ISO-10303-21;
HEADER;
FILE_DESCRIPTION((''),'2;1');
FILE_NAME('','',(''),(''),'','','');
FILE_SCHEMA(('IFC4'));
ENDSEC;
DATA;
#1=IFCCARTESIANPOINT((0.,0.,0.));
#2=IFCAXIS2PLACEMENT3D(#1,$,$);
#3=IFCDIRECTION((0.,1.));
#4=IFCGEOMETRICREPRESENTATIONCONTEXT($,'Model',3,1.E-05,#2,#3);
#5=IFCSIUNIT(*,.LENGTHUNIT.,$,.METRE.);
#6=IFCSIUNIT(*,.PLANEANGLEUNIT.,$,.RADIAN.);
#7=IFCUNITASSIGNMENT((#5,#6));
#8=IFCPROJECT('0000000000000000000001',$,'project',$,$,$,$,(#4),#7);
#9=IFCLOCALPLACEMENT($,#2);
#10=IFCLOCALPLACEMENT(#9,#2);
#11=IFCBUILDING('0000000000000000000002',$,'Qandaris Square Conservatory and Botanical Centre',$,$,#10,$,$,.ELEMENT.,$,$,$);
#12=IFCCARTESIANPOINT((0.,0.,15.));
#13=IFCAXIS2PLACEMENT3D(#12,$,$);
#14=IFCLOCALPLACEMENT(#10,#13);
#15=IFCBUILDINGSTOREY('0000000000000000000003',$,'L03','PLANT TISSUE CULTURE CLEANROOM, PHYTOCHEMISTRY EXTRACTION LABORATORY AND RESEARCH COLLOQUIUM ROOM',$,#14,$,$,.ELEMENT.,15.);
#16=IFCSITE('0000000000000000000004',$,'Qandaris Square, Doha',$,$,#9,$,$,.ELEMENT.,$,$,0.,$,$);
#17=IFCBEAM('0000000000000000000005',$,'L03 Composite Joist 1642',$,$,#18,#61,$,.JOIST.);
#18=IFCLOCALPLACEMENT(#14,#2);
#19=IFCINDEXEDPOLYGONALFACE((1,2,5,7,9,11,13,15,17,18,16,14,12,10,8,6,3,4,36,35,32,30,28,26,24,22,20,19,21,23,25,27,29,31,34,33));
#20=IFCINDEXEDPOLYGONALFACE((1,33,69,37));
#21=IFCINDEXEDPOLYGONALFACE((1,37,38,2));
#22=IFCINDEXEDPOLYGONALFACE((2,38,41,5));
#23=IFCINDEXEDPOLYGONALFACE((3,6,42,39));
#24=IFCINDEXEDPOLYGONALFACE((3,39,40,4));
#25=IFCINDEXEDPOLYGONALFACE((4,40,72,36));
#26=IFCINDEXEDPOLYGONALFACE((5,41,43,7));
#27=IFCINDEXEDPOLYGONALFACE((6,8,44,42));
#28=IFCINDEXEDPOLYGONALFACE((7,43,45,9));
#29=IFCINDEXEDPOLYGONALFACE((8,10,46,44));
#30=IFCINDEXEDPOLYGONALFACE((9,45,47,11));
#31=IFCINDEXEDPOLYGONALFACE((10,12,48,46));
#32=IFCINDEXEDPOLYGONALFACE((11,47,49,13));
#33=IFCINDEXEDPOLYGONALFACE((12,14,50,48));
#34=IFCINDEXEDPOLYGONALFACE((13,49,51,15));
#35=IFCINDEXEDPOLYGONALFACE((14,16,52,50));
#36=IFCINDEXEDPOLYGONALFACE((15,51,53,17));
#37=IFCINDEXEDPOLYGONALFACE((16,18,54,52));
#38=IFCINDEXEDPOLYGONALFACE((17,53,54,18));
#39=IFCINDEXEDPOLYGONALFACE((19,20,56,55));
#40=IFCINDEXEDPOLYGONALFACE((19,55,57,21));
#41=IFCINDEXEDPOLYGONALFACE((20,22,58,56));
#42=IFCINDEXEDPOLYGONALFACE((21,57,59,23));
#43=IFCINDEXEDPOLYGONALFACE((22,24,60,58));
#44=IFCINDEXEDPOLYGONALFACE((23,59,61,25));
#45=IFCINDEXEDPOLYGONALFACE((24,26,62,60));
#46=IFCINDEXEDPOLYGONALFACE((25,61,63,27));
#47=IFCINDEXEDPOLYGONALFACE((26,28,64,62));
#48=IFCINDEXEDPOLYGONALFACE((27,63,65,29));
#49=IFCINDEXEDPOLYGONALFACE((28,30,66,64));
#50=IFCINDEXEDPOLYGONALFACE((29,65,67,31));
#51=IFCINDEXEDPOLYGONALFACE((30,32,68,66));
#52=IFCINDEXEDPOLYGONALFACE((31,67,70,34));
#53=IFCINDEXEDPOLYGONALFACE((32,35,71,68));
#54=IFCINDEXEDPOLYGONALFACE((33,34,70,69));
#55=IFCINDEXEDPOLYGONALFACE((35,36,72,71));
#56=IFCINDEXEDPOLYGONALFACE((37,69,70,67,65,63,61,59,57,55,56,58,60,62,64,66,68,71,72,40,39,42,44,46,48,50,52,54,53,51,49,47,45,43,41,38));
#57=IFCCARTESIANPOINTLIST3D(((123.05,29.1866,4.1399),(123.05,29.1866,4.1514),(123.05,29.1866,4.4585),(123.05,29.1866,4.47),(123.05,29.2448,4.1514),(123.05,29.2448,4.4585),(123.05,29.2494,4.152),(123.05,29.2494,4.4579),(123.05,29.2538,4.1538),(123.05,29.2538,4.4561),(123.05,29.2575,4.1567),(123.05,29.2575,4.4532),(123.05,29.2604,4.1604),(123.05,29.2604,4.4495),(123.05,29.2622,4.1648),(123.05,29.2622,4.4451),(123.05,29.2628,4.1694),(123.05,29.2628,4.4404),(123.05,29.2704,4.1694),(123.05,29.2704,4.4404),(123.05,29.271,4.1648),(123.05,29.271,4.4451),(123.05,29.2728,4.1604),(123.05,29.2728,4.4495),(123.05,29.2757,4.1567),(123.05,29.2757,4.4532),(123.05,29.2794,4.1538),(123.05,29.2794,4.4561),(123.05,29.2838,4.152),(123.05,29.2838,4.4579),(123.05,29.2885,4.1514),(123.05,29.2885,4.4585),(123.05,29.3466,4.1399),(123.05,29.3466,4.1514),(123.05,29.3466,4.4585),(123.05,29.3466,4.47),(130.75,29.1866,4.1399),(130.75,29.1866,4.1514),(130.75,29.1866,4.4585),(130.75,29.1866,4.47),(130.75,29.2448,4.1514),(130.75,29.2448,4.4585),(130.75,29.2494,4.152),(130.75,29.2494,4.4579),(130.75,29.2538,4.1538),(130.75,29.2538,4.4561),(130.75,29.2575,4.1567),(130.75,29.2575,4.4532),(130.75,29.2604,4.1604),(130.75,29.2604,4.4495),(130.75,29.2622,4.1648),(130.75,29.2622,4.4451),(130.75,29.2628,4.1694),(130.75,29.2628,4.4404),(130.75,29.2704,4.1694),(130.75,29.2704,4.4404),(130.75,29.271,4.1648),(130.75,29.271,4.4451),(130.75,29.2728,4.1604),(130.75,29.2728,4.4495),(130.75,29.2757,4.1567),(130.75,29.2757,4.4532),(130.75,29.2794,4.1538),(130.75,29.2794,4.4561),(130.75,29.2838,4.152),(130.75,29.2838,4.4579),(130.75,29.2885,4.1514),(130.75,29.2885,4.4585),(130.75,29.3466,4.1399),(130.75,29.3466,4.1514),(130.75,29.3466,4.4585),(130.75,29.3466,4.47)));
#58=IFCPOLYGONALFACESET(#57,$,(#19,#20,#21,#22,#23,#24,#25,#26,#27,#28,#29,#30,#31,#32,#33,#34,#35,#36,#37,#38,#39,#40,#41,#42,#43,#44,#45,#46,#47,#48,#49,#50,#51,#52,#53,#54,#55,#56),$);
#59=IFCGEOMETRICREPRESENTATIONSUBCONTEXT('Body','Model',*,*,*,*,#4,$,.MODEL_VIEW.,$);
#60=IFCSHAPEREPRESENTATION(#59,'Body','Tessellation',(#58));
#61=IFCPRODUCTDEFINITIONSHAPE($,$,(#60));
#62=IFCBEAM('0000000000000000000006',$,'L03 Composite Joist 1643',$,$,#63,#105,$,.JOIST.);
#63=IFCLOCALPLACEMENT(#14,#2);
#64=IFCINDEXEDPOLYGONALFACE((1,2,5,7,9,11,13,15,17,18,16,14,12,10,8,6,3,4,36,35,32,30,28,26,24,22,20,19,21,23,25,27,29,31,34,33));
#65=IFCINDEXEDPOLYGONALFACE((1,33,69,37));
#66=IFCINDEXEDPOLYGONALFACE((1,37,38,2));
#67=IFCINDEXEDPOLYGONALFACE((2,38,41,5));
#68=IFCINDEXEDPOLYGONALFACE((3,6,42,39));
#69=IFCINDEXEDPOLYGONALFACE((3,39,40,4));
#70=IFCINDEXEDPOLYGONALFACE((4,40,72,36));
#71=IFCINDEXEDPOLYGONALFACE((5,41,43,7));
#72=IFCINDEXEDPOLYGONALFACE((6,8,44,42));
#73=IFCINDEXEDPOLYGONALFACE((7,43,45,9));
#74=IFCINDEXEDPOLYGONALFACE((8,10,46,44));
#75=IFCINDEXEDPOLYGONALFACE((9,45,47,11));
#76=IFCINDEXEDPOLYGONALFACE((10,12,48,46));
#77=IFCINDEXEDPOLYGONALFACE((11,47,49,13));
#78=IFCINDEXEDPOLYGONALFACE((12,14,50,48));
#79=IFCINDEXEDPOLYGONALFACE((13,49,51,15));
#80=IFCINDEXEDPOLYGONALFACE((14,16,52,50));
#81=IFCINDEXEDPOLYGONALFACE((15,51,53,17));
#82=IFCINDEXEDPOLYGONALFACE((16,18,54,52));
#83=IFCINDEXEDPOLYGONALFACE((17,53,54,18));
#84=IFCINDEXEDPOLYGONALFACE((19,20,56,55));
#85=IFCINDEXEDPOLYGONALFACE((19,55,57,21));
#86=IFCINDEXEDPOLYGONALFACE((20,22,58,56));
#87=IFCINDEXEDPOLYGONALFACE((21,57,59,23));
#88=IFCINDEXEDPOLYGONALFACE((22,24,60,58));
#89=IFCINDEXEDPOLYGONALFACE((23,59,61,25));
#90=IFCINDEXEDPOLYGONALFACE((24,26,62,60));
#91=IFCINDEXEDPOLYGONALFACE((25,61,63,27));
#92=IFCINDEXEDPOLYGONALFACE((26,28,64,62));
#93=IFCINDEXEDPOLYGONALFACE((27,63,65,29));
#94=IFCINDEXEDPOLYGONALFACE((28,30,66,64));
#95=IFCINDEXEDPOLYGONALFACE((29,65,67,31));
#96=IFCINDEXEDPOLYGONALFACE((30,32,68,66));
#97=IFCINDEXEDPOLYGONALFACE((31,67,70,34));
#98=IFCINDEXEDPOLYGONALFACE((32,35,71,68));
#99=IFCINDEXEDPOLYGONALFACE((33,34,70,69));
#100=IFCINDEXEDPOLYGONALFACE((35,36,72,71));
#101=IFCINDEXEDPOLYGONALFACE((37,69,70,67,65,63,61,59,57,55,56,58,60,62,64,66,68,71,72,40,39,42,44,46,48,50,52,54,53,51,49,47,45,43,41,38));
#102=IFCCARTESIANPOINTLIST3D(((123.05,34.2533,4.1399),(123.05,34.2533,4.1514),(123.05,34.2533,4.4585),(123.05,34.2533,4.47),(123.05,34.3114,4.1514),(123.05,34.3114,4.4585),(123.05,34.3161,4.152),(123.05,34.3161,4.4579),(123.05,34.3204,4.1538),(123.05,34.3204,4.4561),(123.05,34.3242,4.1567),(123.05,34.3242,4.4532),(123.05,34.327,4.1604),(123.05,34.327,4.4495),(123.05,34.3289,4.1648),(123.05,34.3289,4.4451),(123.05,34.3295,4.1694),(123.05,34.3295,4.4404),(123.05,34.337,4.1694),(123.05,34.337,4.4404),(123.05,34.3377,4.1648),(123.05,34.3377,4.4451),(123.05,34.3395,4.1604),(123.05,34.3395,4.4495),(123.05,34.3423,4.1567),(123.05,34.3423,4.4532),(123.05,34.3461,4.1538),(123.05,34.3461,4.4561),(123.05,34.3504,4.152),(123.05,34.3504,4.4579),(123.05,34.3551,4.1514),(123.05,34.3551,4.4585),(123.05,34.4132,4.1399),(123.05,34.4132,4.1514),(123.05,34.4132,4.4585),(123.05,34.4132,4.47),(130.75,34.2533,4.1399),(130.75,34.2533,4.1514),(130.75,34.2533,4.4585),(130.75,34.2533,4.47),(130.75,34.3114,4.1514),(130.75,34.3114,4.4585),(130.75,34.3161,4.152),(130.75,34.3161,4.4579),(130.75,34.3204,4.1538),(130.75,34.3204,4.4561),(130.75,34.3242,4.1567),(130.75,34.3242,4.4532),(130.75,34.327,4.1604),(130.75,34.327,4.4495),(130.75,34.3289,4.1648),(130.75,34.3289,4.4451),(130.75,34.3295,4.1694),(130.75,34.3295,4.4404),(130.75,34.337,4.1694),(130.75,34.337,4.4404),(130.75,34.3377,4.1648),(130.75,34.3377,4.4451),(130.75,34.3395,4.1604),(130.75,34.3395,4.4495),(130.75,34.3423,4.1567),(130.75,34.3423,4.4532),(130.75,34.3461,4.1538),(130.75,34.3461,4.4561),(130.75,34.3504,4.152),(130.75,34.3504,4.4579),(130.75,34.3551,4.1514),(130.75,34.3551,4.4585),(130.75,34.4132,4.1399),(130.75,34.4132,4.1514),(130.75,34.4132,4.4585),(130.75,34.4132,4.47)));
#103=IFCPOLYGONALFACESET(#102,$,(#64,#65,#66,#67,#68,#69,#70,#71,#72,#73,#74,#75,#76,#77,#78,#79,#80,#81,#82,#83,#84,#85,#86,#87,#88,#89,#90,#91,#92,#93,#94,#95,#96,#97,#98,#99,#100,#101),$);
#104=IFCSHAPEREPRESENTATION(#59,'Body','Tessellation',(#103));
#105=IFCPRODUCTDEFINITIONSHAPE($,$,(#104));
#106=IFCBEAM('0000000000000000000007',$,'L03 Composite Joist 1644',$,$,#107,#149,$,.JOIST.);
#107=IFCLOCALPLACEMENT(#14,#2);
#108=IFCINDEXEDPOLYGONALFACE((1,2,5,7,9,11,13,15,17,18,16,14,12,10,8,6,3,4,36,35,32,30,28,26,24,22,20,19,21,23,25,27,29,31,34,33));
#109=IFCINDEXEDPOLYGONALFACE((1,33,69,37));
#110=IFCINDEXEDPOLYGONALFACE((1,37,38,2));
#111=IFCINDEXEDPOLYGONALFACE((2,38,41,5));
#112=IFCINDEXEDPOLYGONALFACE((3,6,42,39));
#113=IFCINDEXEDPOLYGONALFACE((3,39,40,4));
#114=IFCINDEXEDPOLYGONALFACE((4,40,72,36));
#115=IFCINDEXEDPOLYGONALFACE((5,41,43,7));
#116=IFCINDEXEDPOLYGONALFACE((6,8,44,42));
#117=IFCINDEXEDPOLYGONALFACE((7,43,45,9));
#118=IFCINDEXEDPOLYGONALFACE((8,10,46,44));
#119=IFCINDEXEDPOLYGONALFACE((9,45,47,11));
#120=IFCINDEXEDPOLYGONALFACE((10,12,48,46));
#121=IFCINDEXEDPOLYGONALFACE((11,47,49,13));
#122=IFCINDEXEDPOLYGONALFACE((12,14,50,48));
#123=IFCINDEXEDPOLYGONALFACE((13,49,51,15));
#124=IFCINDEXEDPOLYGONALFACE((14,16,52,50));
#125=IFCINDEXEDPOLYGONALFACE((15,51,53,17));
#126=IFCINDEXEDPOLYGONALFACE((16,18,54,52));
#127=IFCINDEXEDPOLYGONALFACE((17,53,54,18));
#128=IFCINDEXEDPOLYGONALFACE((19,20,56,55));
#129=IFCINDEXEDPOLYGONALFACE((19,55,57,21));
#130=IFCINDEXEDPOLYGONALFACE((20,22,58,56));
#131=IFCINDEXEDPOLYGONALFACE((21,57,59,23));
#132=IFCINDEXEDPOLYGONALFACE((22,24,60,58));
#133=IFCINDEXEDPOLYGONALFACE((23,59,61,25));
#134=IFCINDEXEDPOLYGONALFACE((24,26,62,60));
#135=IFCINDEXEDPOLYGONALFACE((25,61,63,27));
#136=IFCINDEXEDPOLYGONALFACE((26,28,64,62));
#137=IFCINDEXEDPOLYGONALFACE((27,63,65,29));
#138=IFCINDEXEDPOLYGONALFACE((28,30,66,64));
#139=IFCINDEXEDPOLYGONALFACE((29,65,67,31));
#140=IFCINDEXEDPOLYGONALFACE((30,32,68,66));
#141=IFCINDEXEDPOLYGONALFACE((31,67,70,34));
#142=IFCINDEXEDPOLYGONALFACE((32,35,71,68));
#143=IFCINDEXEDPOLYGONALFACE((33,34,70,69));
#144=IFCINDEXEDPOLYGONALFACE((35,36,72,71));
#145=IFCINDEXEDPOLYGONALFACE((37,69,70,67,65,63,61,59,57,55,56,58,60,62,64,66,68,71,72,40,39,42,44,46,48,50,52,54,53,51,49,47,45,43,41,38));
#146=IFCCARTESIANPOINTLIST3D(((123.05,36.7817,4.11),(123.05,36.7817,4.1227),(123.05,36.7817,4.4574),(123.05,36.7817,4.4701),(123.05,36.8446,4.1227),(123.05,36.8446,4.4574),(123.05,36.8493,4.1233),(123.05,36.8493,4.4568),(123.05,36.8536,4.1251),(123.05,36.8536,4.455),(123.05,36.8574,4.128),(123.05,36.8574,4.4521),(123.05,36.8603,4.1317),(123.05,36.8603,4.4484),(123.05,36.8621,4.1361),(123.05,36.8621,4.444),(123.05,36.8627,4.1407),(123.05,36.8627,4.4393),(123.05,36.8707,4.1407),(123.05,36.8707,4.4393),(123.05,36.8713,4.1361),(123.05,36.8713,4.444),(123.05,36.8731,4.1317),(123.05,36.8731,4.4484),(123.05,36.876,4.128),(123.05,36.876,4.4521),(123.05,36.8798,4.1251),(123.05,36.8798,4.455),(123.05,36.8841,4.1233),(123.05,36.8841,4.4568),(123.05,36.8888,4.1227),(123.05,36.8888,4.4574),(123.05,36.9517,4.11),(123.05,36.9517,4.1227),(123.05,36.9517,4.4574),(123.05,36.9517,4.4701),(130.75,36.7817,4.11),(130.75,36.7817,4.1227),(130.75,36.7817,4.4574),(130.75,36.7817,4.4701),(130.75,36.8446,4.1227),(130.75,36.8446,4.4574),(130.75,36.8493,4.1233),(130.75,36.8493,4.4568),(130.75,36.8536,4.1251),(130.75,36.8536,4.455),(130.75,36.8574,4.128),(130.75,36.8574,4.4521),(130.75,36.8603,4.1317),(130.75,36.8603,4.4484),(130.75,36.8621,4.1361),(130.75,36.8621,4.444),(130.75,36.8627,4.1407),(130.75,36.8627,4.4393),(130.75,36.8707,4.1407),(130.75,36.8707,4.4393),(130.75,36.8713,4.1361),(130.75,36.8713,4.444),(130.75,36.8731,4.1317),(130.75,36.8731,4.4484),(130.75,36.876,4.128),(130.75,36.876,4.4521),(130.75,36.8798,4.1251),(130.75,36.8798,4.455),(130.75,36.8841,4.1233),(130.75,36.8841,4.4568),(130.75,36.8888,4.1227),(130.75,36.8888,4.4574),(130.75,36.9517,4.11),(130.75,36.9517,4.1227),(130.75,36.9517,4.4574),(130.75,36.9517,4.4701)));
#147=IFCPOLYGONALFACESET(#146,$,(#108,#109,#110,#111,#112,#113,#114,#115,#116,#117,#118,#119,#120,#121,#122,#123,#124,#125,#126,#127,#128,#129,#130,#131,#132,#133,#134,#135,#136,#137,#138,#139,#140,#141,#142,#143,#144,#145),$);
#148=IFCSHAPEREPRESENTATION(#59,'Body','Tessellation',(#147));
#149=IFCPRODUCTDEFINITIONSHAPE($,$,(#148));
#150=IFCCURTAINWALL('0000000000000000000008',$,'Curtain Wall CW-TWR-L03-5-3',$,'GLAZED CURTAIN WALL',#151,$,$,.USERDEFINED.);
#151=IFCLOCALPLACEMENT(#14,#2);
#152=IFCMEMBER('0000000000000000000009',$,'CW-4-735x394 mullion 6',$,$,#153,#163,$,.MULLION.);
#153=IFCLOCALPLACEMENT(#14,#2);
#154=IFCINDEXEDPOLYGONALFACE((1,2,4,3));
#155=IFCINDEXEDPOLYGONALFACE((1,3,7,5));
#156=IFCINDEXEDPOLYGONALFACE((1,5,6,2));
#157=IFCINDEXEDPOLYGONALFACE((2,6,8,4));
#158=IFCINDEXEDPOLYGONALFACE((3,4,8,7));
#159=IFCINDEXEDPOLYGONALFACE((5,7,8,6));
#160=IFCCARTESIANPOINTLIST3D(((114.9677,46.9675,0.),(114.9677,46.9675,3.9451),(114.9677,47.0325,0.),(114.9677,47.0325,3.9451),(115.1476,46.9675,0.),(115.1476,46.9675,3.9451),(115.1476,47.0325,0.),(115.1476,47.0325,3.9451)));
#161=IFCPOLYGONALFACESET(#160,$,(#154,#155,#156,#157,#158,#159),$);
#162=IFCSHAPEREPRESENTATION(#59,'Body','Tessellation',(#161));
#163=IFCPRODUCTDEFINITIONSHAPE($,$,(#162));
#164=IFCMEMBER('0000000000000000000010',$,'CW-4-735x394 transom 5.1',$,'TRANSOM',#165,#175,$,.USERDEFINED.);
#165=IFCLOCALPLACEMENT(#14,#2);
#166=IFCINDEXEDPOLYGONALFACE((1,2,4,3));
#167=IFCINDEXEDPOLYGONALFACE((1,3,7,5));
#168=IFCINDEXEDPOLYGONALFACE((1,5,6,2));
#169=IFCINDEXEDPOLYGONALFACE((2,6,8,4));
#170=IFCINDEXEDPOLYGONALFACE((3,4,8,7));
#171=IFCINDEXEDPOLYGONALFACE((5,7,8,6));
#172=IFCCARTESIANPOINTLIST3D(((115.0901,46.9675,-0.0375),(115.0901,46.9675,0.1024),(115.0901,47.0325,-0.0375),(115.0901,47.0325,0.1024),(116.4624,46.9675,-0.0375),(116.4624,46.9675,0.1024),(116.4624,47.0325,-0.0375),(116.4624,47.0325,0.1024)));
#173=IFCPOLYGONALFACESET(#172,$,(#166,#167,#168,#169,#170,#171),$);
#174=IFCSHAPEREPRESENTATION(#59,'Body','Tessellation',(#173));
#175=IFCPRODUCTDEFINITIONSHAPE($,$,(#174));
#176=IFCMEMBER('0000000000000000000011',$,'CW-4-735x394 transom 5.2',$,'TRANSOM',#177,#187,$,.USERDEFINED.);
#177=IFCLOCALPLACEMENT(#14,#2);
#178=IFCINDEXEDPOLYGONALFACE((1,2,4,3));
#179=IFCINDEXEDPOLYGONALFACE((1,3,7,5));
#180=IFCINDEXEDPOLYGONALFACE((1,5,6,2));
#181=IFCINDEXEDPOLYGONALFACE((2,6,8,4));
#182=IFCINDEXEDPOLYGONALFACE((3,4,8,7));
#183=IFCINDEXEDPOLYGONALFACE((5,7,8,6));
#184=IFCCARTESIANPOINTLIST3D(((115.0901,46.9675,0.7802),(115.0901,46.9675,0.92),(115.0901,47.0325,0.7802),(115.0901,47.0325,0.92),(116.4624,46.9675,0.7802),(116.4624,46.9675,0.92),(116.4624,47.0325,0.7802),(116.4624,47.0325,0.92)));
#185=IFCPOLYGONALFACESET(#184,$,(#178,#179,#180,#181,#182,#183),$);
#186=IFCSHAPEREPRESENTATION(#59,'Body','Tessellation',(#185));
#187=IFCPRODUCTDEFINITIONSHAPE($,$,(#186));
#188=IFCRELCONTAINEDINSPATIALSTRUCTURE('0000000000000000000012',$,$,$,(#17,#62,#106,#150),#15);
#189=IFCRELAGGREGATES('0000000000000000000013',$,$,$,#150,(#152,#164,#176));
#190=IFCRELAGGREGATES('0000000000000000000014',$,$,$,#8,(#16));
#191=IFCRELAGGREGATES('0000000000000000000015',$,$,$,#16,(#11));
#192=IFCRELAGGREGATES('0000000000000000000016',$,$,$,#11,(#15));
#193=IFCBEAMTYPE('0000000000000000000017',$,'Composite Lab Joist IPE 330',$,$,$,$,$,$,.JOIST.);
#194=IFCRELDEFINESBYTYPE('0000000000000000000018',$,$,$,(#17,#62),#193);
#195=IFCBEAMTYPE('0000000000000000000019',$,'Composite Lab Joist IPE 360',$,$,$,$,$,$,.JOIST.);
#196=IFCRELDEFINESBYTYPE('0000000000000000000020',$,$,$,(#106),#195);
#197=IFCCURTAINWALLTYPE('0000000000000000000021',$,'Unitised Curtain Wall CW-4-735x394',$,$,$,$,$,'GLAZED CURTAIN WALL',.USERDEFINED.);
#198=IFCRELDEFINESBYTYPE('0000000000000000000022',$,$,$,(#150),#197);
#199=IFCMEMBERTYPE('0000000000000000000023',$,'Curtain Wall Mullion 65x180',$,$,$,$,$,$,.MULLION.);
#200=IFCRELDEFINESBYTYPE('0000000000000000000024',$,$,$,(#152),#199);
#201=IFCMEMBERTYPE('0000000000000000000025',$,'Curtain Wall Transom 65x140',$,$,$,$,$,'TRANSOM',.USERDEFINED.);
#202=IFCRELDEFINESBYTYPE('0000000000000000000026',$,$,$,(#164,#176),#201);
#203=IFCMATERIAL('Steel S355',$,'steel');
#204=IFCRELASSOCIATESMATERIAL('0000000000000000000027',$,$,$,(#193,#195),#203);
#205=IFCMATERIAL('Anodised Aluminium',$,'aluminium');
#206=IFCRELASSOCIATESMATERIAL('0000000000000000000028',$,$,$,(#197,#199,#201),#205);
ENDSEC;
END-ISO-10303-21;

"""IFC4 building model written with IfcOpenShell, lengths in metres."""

from ifc_helpers import new_model, si_unit, direction, frame, origin, origin_2d, place, context, subcontext, project, spatial, rectangle, i_section, extrude, material, material_profile, profile_set, type_object, element, aggregate, save


model = new_model("IFC4")

# Units and contexts
model_context = context("Model", 3, precision=1e-05, world=origin(), true_north=direction((0.0, 1.0)))
body_context = subcontext(model_context, "Body", "Model", "MODEL_VIEW")
ifc_project = project(units=[si_unit("LENGTHUNIT", "METRE"), si_unit("PLANEANGLEUNIT", "RADIAN")], contexts=[model_context])

# Site, building, storey
site_placement = place(None, origin())
site = spatial("IfcSite", under=ifc_project, at=site_placement, Name="Qandaris Square, Doha", CompositionType="ELEMENT", RefElevation=0.0)
building_placement = place(site_placement, origin())
building = spatial("IfcBuilding", under=site, at=building_placement, Name="Qandaris Square Conservatory and Botanical Centre", CompositionType="ELEMENT")
storey_placement = place(building_placement, frame((0.0, 0.0, 15.0)))
storey = spatial("IfcBuildingStorey", under=building, at=storey_placement, Name="L03", Description="PLANT TISSUE CULTURE CLEANROOM, PHYTOCHEMISTRY EXTRACTION LABORATORY AND RESEARCH COLLOQUIUM ROOM", CompositionType="ELEMENT", Elevation=15.0)

# Beams
ifc_material_1 = material(Name="Steel S355", Category="steel")
ifc_material_profile_1 = material_profile(ifc_material_1, i_section(OverallWidth=0.1599, OverallDepth=0.3301, WebThickness=0.0076, FlangeThickness=0.0115, FilletRadius=0.0181, at=origin_2d()), Name="IPE 330")
ifc_profile_set_1 = profile_set([ifc_material_profile_1], Name="Steel S355")
beam_type_1 = type_object("IfcBeamType", Name="Composite Lab Joist IPE 330", PredefinedType="JOIST", material=ifc_profile_set_1)
for number, where, z_axis, x_axis, name in (
    (1, (123.05, 29.2666, 4.3049), (1.0, 0.0, 0.0), (0.0, 1.0, 0.0), "L03 Composite Joist 1642"),
    (2, (123.05, 34.3333, 4.3049), (1.0, 0.0, 0.0), (0.0, 1.0, 0.0), "L03 Composite Joist 1643"),
):
    element("IfcBeam", number, at=place(storey_placement, frame(where, z_axis=z_axis, x_axis=x_axis)), inside=storey, type_object=beam_type_1, Name=name, PredefinedType="JOIST", context=body_context, shape_type="SweptSolid", body=[
        extrude(i_section(OverallWidth=0.1599, OverallDepth=0.3301, WebThickness=0.0076, FlangeThickness=0.0115, FilletRadius=0.0181, at=origin_2d()), origin(), (0.0, 0.0, 1.0), 7.7),
    ])
ifc_material_profile_2 = material_profile(ifc_material_1, i_section(OverallWidth=0.1699, OverallDepth=0.3601, WebThickness=0.0081, FlangeThickness=0.0127, FilletRadius=0.0181, at=origin_2d()), Name="IPE 360")
ifc_profile_set_2 = profile_set([ifc_material_profile_2], Name="Steel S355")
beam_type_2 = type_object("IfcBeamType", Name="Composite Lab Joist IPE 360", PredefinedType="JOIST", material=ifc_profile_set_2)
beam_1_placement = place(storey_placement, frame((123.05, 36.8667, 4.29), z_axis=(1.0, 0.0, 0.0), x_axis=(0.0, 1.0, 0.0)))
element("IfcBeam", 3, at=beam_1_placement, inside=storey, type_object=beam_type_2, Name="L03 Composite Joist 1644", PredefinedType="JOIST", context=body_context, shape_type="SweptSolid", body=[
    extrude(i_section(OverallWidth=0.1699, OverallDepth=0.3601, WebThickness=0.0081, FlangeThickness=0.0127, FilletRadius=0.0181, at=origin_2d()), origin(), (0.0, 0.0, 1.0), 7.7),
])

# Curtain wall, members
ifc_material_2 = material(Name="Anodised Aluminium", Category="aluminium")
curtain_wall_type = type_object("IfcCurtainWallType", Name="Unitised Curtain Wall CW-4-735x394", ElementType="GLAZED CURTAIN WALL", PredefinedType="USERDEFINED", material=ifc_material_2)
curtain_wall_placement = place(storey_placement, origin())
curtain_wall = element("IfcCurtainWall", 4, at=curtain_wall_placement, inside=storey, type_object=curtain_wall_type, Name="Curtain Wall CW-TWR-L03-5-3", ObjectType="GLAZED CURTAIN WALL", PredefinedType="USERDEFINED")
ifc_material_profile_3 = material_profile(ifc_material_2, rectangle(XDim=0.0649, YDim=0.1799, at=origin_2d()), Name="ALU-MUL 65x180")
ifc_profile_set_3 = profile_set([ifc_material_profile_3], Name="Anodised Aluminium")
member_type_1 = type_object("IfcMemberType", Name="Curtain Wall Mullion 65x180", PredefinedType="MULLION", material=ifc_profile_set_3)
member_1_placement = place(storey_placement, frame((115.0576, 47.0, 0.0), z_axis=(0.0, 0.0, 1.0), x_axis=(0.0, -1.0, 0.0)))
member_1 = element("IfcMember", 5, at=member_1_placement, type_object=member_type_1, Name="CW-4-735x394 mullion 6", PredefinedType="MULLION", context=body_context, shape_type="SweptSolid", body=[
    extrude(rectangle(XDim=0.0649, YDim=0.1799, at=origin_2d()), origin(), (0.0, 0.0, 1.0), 3.9451),
])
ifc_material_profile_4 = material_profile(ifc_material_2, rectangle(XDim=0.0649, YDim=0.1399, at=origin_2d()), Name="ALU-TRN 65x140")
ifc_profile_set_4 = profile_set([ifc_material_profile_4], Name="Anodised Aluminium")
member_type_2 = type_object("IfcMemberType", Name="Curtain Wall Transom 65x140", ElementType="TRANSOM", PredefinedType="USERDEFINED", material=ifc_profile_set_4)
member_2_placement = place(storey_placement, frame((116.4624, 47.0, 0.0325), z_axis=(-1.0, 0.0, 0.0), x_axis=(0.0, -1.0, 0.0)))
member_2 = element("IfcMember", 6, at=member_2_placement, type_object=member_type_2, Name="CW-4-735x394 transom 5.1", ObjectType="TRANSOM", PredefinedType="USERDEFINED", context=body_context, shape_type="SweptSolid", body=[
    extrude(rectangle(XDim=0.0649, YDim=0.1399, at=origin_2d()), origin(), (0.0, 0.0, 1.0), 1.3723),
])
member_3_placement = place(storey_placement, frame((116.4624, 47.0, 0.8501), z_axis=(-1.0, 0.0, 0.0), x_axis=(0.0, -1.0, 0.0)))
member_3 = element("IfcMember", 7, at=member_3_placement, type_object=member_type_2, Name="CW-4-735x394 transom 5.2", ObjectType="TRANSOM", PredefinedType="USERDEFINED", context=body_context, shape_type="SweptSolid", body=[
    extrude(rectangle(XDim=0.0649, YDim=0.1399, at=origin_2d()), origin(), (0.0, 0.0, 1.0), 1.3723),
])

aggregate(curtain_wall, [member_1, member_2, member_3])

save(model, "model.ifc")
